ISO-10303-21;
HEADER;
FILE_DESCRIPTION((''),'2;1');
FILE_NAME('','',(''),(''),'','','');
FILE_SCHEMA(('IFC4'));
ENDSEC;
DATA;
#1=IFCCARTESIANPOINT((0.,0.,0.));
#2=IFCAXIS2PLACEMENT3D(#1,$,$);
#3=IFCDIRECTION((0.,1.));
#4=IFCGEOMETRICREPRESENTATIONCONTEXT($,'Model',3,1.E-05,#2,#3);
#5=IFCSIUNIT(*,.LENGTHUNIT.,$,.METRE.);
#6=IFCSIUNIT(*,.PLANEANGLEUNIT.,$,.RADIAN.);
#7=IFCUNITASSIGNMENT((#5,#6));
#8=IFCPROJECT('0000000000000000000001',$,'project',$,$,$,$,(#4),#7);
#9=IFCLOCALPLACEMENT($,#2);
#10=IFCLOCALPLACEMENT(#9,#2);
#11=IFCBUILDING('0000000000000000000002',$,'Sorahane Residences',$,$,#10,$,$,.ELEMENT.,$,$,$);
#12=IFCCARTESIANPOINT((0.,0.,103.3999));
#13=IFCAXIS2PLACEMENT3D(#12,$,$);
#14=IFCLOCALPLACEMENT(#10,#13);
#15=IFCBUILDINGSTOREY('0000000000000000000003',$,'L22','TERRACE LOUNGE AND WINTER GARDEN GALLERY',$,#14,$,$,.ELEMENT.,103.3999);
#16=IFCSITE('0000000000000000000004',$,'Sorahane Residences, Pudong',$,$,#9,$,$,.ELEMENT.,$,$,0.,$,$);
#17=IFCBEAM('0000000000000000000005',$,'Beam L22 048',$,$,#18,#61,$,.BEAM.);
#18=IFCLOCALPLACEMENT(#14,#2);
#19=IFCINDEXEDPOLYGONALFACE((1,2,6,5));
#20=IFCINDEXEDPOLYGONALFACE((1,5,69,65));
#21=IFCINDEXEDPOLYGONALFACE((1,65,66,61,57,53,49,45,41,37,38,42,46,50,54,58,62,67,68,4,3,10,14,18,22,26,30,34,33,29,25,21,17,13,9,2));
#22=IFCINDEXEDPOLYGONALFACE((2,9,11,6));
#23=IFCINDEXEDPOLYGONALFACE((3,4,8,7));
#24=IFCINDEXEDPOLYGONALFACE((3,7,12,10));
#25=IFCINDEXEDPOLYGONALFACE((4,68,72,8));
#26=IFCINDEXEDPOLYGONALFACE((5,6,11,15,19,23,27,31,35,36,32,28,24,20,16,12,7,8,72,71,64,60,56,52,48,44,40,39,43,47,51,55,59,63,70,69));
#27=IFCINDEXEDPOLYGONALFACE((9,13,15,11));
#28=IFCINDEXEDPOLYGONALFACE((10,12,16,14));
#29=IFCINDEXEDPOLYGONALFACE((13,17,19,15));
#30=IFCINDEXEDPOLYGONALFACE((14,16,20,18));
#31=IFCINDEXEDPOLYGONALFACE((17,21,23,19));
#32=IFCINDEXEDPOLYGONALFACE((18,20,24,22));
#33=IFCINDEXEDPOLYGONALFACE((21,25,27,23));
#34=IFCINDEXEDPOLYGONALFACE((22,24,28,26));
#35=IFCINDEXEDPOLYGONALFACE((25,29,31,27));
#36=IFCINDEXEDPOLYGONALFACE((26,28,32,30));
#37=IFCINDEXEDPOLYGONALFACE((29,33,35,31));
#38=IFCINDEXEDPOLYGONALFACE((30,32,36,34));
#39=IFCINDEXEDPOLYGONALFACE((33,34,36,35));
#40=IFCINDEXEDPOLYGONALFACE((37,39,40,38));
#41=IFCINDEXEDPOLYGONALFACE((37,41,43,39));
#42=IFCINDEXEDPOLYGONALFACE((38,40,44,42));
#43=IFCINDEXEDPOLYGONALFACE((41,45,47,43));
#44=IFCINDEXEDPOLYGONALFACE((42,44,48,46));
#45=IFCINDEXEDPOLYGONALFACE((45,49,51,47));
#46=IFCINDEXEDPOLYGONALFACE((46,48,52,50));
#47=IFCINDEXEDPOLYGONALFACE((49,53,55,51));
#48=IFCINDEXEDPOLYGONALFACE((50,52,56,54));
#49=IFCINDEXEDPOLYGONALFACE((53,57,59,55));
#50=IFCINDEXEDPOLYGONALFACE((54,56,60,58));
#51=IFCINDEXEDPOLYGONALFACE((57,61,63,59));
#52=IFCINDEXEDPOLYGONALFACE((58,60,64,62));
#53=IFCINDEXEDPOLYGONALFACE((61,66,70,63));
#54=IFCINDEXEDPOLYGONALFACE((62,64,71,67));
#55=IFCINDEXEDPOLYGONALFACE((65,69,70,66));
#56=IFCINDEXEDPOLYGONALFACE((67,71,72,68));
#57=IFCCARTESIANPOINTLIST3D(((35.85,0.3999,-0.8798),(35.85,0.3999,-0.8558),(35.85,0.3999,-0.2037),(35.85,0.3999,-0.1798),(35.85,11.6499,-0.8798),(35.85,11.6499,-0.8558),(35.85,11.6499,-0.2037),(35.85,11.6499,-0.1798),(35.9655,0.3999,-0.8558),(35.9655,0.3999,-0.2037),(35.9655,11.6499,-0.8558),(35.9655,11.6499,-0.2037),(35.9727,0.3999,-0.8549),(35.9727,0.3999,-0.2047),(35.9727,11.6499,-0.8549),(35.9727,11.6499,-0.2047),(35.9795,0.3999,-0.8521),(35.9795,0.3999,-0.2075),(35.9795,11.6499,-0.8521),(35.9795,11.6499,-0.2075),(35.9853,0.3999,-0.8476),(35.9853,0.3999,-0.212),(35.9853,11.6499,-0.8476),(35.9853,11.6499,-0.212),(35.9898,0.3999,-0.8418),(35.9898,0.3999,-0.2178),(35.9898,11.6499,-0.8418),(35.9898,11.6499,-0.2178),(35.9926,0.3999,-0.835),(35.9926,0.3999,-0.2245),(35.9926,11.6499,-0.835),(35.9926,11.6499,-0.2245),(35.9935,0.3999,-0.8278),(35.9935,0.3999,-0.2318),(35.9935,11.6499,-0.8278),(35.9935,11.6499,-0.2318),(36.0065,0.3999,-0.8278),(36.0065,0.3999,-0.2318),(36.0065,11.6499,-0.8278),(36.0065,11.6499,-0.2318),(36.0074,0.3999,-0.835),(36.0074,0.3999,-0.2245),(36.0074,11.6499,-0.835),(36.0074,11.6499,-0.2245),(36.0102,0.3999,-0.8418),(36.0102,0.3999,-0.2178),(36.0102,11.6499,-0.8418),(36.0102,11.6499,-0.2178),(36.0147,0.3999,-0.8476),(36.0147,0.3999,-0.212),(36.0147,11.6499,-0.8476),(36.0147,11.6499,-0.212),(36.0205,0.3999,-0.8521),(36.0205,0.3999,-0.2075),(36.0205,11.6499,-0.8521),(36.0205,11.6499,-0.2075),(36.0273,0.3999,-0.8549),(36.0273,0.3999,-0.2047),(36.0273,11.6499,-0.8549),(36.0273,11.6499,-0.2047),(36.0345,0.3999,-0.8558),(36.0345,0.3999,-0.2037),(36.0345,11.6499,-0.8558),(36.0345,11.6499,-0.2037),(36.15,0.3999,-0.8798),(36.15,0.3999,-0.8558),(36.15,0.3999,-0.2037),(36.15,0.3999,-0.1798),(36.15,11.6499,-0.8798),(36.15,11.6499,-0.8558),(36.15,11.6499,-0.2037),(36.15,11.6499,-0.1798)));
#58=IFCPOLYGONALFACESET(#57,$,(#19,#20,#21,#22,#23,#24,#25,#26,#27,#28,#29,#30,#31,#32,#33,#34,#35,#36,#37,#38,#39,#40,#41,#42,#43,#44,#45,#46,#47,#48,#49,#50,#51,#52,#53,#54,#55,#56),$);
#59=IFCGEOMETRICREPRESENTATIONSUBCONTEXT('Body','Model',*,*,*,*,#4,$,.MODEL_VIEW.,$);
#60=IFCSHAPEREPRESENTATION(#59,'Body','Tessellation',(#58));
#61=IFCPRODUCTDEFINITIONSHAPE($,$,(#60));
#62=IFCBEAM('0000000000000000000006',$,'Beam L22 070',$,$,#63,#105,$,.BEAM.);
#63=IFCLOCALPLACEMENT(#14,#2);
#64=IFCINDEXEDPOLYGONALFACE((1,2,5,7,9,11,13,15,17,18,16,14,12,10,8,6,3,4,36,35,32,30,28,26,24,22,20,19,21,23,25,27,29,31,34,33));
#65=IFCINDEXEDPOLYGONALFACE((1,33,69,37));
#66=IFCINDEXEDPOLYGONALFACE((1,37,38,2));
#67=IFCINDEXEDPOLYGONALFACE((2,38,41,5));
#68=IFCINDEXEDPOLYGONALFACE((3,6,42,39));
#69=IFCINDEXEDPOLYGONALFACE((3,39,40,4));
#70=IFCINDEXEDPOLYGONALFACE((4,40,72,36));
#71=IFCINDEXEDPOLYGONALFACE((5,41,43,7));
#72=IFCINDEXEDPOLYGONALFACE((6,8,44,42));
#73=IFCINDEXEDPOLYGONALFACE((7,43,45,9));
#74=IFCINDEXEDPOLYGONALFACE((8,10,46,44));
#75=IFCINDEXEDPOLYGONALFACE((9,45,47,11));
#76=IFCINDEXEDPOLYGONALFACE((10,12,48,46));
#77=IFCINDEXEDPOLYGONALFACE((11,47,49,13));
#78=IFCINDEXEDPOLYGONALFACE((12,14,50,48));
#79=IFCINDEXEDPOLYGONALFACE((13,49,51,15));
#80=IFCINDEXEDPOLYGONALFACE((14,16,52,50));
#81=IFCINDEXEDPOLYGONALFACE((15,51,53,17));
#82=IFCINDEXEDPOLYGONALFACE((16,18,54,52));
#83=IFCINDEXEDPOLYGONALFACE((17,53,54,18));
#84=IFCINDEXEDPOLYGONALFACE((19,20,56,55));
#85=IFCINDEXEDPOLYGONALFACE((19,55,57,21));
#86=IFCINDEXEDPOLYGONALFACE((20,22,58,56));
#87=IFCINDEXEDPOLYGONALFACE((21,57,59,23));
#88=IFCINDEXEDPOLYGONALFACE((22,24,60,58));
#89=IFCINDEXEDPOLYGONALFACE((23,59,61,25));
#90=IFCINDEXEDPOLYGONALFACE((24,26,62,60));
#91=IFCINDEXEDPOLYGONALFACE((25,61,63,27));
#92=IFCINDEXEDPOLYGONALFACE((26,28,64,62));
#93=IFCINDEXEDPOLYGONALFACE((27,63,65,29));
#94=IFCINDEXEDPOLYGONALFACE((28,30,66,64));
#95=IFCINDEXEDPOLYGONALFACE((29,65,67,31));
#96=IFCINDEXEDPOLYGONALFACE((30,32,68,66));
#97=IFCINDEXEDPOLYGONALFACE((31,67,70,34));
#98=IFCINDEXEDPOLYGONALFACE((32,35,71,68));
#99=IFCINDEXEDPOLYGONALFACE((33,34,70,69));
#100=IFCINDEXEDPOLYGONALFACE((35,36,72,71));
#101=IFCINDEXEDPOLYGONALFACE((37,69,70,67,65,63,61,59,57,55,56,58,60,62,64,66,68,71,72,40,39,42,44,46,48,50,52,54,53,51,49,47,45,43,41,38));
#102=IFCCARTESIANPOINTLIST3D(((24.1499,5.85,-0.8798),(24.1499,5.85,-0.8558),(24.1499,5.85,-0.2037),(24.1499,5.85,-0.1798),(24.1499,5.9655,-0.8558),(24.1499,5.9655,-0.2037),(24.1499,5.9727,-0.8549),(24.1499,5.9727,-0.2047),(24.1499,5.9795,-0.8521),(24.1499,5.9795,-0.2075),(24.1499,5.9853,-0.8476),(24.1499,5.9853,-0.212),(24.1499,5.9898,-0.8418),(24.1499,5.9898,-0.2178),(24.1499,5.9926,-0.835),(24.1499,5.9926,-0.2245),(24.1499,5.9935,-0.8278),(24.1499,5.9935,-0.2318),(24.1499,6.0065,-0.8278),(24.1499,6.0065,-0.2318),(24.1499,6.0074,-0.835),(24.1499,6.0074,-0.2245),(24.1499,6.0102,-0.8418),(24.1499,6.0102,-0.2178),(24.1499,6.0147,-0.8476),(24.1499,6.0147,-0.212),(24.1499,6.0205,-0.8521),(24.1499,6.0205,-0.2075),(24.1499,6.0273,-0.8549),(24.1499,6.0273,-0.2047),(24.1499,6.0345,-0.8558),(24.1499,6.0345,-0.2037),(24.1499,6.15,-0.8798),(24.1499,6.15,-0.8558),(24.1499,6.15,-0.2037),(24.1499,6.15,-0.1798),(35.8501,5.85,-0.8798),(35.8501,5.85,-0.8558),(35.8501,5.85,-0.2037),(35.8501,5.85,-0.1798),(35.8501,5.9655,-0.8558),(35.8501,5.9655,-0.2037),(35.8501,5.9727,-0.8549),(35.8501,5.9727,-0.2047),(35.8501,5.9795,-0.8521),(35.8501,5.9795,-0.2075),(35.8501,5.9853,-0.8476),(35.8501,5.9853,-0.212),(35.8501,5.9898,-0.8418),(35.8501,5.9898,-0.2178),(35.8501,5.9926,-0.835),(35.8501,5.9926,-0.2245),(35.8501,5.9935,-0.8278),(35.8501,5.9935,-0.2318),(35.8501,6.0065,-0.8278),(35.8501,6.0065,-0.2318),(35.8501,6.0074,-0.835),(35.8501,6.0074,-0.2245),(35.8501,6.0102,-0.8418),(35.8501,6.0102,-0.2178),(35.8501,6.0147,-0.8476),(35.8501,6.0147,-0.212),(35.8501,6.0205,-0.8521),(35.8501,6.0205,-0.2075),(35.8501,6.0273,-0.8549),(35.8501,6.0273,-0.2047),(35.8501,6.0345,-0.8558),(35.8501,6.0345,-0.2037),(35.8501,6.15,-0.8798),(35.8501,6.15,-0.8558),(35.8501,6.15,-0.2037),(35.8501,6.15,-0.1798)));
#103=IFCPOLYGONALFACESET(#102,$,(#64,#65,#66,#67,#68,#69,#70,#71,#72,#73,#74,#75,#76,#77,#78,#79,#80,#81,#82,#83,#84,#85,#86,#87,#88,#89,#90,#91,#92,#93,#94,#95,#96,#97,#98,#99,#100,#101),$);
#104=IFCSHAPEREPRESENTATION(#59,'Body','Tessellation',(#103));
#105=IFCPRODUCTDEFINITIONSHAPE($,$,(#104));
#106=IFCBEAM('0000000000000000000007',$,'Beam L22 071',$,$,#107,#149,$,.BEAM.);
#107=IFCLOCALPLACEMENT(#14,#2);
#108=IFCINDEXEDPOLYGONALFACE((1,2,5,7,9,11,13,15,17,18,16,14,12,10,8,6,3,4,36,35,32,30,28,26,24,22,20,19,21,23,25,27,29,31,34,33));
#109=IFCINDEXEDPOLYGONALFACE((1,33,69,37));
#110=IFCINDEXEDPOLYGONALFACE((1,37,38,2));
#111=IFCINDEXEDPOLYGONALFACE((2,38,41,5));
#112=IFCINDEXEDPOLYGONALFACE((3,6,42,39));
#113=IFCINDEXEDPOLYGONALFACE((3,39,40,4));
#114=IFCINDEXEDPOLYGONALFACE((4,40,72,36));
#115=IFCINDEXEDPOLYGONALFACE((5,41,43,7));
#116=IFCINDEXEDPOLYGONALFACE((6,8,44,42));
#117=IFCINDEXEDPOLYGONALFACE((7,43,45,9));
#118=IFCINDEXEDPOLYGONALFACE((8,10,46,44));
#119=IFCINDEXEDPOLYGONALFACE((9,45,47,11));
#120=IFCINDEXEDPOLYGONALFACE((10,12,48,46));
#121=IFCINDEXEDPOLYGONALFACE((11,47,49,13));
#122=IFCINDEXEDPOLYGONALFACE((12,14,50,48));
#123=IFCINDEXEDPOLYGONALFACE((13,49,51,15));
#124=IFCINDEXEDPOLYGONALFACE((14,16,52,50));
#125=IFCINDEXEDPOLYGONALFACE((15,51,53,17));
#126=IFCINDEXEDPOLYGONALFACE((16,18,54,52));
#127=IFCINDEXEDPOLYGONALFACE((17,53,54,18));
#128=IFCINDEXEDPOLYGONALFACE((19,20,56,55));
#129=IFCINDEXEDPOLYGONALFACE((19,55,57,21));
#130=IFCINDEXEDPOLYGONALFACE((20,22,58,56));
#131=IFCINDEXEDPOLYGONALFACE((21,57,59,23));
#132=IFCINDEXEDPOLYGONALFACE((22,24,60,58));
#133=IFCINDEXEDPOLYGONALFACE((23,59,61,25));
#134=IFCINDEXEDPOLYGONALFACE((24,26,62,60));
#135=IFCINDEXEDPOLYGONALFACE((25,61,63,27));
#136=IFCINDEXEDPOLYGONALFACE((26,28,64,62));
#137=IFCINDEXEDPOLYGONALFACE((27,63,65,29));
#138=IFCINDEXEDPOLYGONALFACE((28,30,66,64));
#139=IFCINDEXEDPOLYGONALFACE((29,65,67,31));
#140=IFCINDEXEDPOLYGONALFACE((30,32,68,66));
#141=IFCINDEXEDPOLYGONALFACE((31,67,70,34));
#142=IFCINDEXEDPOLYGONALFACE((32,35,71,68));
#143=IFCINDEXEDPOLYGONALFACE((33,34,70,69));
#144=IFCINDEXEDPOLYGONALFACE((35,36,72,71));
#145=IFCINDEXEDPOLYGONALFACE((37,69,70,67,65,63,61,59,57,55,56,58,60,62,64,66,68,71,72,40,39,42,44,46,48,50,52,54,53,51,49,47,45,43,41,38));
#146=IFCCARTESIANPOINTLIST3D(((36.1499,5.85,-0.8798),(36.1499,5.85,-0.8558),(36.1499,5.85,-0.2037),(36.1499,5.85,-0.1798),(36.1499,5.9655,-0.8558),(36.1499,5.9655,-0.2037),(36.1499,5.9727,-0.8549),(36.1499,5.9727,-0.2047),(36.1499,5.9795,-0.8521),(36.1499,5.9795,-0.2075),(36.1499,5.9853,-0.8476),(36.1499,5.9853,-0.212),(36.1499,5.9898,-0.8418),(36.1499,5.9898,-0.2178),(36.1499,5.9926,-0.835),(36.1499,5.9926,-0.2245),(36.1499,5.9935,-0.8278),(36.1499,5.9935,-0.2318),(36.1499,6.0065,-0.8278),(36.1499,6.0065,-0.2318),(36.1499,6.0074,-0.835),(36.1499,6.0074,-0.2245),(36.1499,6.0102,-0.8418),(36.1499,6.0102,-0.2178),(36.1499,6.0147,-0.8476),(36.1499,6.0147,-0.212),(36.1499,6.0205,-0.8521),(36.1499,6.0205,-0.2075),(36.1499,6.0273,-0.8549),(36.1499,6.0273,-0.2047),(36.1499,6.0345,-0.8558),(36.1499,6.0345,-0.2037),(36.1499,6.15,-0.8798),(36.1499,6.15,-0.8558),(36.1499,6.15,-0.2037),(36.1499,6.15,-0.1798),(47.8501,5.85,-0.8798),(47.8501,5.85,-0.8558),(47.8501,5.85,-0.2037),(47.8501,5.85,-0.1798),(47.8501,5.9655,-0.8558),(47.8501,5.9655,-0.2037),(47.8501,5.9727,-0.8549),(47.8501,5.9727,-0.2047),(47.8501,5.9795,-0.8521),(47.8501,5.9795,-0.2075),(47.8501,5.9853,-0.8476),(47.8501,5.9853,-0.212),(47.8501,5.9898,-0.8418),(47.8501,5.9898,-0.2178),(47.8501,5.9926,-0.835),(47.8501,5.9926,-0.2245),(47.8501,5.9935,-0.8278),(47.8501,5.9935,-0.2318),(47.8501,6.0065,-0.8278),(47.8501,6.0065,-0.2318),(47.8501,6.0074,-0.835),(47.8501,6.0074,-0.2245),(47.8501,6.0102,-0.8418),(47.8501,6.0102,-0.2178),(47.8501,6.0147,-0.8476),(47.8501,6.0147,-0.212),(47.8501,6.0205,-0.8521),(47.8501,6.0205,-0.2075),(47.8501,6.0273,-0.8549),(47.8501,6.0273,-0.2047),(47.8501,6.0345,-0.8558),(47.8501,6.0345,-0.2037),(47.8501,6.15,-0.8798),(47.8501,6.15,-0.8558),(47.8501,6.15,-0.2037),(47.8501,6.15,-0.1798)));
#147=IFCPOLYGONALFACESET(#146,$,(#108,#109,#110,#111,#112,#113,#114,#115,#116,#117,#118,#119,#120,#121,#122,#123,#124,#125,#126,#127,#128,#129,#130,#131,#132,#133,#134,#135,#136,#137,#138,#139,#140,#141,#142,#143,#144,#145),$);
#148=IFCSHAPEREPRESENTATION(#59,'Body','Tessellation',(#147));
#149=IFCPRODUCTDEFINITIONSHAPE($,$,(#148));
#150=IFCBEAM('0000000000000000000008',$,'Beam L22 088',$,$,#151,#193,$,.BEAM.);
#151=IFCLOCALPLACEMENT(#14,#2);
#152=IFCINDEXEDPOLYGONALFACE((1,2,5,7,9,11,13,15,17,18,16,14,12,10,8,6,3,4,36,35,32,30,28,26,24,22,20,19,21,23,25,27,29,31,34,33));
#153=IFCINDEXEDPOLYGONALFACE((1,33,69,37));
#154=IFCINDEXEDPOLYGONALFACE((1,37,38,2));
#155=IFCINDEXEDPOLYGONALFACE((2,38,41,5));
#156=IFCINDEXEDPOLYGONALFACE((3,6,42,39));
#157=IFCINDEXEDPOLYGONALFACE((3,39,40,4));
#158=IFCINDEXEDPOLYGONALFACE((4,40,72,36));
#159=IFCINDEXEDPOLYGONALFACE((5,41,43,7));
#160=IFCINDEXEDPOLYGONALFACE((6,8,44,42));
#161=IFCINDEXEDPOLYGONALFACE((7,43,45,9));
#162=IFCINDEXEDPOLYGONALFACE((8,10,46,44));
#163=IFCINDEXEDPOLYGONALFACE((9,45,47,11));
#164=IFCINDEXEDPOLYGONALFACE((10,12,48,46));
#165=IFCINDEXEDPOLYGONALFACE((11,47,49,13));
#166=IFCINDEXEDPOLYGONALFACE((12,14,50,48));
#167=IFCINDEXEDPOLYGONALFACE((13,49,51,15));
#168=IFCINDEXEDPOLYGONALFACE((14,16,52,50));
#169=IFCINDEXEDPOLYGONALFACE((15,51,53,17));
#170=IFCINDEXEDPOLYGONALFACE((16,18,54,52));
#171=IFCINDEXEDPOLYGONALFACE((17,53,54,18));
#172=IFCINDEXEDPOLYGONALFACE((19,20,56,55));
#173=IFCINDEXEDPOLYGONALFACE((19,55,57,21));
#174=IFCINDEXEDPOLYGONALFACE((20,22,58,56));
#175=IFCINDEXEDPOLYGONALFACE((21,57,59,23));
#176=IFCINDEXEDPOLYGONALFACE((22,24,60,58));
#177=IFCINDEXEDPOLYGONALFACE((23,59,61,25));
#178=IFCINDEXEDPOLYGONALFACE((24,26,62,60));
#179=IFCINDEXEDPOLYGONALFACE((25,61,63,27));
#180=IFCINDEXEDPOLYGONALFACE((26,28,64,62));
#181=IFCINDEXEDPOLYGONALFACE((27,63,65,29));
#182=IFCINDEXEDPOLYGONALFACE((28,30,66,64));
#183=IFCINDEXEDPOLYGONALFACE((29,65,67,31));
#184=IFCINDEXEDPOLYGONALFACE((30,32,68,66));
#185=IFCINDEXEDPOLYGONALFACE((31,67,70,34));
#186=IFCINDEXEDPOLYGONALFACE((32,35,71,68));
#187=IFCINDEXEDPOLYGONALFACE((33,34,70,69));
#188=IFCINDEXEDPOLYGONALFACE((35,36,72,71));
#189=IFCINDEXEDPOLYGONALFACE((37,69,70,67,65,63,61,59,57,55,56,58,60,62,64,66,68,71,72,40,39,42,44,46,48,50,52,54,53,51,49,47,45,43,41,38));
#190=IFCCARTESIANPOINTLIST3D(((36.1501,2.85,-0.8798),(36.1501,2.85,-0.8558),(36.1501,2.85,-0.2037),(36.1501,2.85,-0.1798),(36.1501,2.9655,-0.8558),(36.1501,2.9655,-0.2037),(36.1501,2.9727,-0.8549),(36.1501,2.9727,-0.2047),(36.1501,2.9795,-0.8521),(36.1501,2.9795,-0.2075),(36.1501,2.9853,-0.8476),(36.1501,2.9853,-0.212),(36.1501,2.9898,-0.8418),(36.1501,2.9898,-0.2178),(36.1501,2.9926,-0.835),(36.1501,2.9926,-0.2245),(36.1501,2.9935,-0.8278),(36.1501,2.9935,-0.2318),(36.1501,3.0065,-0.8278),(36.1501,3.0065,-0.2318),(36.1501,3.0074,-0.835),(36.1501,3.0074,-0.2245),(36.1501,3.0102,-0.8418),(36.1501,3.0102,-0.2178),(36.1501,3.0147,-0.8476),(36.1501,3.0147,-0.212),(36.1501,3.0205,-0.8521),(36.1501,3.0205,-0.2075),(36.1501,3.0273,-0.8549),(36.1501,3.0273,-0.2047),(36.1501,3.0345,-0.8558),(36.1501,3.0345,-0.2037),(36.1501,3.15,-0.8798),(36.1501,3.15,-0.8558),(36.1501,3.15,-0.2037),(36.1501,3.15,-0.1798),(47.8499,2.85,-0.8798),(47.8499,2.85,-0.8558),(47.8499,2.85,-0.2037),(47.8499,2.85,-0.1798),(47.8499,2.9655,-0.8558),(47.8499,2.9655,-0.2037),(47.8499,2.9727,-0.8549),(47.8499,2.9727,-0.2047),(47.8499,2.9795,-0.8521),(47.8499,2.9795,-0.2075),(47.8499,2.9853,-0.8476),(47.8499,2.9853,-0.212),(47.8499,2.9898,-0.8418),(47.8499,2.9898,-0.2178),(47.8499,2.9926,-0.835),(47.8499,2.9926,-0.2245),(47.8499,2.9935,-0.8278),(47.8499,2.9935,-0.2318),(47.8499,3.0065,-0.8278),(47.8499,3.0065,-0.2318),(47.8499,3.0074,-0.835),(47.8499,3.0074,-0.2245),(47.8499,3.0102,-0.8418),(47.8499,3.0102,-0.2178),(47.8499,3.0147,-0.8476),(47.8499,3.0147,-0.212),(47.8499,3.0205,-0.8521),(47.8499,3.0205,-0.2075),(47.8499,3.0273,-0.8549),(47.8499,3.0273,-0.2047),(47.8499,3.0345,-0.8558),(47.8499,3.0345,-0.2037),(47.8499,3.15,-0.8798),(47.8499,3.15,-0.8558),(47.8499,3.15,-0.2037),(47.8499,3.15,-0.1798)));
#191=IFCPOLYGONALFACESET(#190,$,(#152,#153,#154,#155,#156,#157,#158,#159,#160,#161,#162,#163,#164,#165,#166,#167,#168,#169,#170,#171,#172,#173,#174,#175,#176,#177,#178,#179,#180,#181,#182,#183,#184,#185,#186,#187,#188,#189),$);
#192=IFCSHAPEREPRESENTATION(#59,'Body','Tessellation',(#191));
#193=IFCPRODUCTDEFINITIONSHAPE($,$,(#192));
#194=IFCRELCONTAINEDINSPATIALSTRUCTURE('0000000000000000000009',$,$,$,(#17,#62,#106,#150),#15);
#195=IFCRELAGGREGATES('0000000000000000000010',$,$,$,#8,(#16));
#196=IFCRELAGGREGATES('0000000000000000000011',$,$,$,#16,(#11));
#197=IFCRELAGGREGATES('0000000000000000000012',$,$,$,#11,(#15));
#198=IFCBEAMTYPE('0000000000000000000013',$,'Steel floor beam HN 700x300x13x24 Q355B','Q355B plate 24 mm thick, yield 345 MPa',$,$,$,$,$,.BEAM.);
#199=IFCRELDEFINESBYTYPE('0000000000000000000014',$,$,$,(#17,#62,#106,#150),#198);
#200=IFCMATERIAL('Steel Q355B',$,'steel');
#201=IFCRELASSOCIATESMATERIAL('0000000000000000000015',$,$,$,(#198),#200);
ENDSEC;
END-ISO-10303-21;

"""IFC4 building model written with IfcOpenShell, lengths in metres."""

from ifc_helpers import new_model, si_unit, direction, frame, origin, origin_2d, place, context, subcontext, project, spatial, i_section, extrude, material, material_profile, profile_set, type_object, element, save


model = new_model("IFC4")

# Units and contexts
model_context = context("Model", 3, precision=1e-05, world=origin(), true_north=direction((0.0, 1.0)))
body_context = subcontext(model_context, "Body", "Model", "MODEL_VIEW")
ifc_project = project(units=[si_unit("LENGTHUNIT", "METRE"), si_unit("PLANEANGLEUNIT", "RADIAN")], contexts=[model_context])

# Site, building, storey
site_placement = place(None, origin())
site = spatial("IfcSite", under=ifc_project, at=site_placement, Name="Sorahane Residences, Pudong", CompositionType="ELEMENT", RefElevation=0.0)
building_placement = place(site_placement, origin())
building = spatial("IfcBuilding", under=site, at=building_placement, Name="Sorahane Residences", CompositionType="ELEMENT")
storey_placement = place(building_placement, frame((0.0, 0.0, 103.3999)))
storey = spatial("IfcBuildingStorey", under=building, at=storey_placement, Name="L22", Description="TERRACE LOUNGE AND WINTER GARDEN GALLERY", CompositionType="ELEMENT", Elevation=103.3999)

# Beams
ifc_material_1 = material(Name="Steel Q355B", Category="steel")
ifc_material_profile_1 = material_profile(ifc_material_1, i_section(OverallWidth=0.3, OverallDepth=0.7, WebThickness=0.0129, FlangeThickness=0.0239, FilletRadius=0.0281, at=origin_2d()), Name="HN 700x300x13x24")
ifc_profile_set_1 = profile_set([ifc_material_profile_1], Name="Steel Q355B")
beam_type_1 = type_object("IfcBeamType", Name="Steel floor beam HN 700x300x13x24 Q355B", Description="Q355B plate 24 mm thick, yield 345 MPa", PredefinedType="BEAM", material=ifc_profile_set_1)
beam_1_placement = place(storey_placement, frame((36.0, 0.3999, -0.5298), z_axis=(0.0, 1.0, 0.0), x_axis=(-1.0, 0.0, 0.0)))
element("IfcBeam", 1, at=beam_1_placement, inside=storey, type_object=beam_type_1, Name="Beam L22 048", PredefinedType="BEAM", context=body_context, shape_type="SweptSolid", body=[
    extrude(i_section(OverallWidth=0.3, OverallDepth=0.7, WebThickness=0.0129, FlangeThickness=0.0239, FilletRadius=0.0281, at=origin_2d()), origin(), (0.0, 0.0, 1.0), 11.25),
])
for number, where, z_axis, x_axis, name in (
    (2, (24.1499, 6.0, -0.5298), (1.0, 0.0, 0.0), (0.0, 1.0, 0.0), "Beam L22 070"),
    (3, (36.1499, 6.0, -0.5298), (1.0, 0.0, 0.0), (0.0, 1.0, 0.0), "Beam L22 071"),
):
    element("IfcBeam", number, at=place(storey_placement, frame(where, z_axis=z_axis, x_axis=x_axis)), inside=storey, type_object=beam_type_1, Name=name, PredefinedType="BEAM", context=body_context, shape_type="SweptSolid", body=[
        extrude(i_section(OverallWidth=0.3, OverallDepth=0.7, WebThickness=0.0129, FlangeThickness=0.0239, FilletRadius=0.0281, at=origin_2d()), origin(), (0.0, 0.0, 1.0), 11.7002),
    ])
beam_2_placement = place(storey_placement, frame((36.1501, 3.0, -0.5298), z_axis=(1.0, 0.0, 0.0), x_axis=(0.0, 1.0, 0.0)))
element("IfcBeam", 4, at=beam_2_placement, inside=storey, type_object=beam_type_1, Name="Beam L22 088", PredefinedType="BEAM", context=body_context, shape_type="SweptSolid", body=[
    extrude(i_section(OverallWidth=0.3, OverallDepth=0.7, WebThickness=0.0129, FlangeThickness=0.0239, FilletRadius=0.0281, at=origin_2d()), origin(), (0.0, 0.0, 1.0), 11.6997),
])

save(model, "model.ifc")
